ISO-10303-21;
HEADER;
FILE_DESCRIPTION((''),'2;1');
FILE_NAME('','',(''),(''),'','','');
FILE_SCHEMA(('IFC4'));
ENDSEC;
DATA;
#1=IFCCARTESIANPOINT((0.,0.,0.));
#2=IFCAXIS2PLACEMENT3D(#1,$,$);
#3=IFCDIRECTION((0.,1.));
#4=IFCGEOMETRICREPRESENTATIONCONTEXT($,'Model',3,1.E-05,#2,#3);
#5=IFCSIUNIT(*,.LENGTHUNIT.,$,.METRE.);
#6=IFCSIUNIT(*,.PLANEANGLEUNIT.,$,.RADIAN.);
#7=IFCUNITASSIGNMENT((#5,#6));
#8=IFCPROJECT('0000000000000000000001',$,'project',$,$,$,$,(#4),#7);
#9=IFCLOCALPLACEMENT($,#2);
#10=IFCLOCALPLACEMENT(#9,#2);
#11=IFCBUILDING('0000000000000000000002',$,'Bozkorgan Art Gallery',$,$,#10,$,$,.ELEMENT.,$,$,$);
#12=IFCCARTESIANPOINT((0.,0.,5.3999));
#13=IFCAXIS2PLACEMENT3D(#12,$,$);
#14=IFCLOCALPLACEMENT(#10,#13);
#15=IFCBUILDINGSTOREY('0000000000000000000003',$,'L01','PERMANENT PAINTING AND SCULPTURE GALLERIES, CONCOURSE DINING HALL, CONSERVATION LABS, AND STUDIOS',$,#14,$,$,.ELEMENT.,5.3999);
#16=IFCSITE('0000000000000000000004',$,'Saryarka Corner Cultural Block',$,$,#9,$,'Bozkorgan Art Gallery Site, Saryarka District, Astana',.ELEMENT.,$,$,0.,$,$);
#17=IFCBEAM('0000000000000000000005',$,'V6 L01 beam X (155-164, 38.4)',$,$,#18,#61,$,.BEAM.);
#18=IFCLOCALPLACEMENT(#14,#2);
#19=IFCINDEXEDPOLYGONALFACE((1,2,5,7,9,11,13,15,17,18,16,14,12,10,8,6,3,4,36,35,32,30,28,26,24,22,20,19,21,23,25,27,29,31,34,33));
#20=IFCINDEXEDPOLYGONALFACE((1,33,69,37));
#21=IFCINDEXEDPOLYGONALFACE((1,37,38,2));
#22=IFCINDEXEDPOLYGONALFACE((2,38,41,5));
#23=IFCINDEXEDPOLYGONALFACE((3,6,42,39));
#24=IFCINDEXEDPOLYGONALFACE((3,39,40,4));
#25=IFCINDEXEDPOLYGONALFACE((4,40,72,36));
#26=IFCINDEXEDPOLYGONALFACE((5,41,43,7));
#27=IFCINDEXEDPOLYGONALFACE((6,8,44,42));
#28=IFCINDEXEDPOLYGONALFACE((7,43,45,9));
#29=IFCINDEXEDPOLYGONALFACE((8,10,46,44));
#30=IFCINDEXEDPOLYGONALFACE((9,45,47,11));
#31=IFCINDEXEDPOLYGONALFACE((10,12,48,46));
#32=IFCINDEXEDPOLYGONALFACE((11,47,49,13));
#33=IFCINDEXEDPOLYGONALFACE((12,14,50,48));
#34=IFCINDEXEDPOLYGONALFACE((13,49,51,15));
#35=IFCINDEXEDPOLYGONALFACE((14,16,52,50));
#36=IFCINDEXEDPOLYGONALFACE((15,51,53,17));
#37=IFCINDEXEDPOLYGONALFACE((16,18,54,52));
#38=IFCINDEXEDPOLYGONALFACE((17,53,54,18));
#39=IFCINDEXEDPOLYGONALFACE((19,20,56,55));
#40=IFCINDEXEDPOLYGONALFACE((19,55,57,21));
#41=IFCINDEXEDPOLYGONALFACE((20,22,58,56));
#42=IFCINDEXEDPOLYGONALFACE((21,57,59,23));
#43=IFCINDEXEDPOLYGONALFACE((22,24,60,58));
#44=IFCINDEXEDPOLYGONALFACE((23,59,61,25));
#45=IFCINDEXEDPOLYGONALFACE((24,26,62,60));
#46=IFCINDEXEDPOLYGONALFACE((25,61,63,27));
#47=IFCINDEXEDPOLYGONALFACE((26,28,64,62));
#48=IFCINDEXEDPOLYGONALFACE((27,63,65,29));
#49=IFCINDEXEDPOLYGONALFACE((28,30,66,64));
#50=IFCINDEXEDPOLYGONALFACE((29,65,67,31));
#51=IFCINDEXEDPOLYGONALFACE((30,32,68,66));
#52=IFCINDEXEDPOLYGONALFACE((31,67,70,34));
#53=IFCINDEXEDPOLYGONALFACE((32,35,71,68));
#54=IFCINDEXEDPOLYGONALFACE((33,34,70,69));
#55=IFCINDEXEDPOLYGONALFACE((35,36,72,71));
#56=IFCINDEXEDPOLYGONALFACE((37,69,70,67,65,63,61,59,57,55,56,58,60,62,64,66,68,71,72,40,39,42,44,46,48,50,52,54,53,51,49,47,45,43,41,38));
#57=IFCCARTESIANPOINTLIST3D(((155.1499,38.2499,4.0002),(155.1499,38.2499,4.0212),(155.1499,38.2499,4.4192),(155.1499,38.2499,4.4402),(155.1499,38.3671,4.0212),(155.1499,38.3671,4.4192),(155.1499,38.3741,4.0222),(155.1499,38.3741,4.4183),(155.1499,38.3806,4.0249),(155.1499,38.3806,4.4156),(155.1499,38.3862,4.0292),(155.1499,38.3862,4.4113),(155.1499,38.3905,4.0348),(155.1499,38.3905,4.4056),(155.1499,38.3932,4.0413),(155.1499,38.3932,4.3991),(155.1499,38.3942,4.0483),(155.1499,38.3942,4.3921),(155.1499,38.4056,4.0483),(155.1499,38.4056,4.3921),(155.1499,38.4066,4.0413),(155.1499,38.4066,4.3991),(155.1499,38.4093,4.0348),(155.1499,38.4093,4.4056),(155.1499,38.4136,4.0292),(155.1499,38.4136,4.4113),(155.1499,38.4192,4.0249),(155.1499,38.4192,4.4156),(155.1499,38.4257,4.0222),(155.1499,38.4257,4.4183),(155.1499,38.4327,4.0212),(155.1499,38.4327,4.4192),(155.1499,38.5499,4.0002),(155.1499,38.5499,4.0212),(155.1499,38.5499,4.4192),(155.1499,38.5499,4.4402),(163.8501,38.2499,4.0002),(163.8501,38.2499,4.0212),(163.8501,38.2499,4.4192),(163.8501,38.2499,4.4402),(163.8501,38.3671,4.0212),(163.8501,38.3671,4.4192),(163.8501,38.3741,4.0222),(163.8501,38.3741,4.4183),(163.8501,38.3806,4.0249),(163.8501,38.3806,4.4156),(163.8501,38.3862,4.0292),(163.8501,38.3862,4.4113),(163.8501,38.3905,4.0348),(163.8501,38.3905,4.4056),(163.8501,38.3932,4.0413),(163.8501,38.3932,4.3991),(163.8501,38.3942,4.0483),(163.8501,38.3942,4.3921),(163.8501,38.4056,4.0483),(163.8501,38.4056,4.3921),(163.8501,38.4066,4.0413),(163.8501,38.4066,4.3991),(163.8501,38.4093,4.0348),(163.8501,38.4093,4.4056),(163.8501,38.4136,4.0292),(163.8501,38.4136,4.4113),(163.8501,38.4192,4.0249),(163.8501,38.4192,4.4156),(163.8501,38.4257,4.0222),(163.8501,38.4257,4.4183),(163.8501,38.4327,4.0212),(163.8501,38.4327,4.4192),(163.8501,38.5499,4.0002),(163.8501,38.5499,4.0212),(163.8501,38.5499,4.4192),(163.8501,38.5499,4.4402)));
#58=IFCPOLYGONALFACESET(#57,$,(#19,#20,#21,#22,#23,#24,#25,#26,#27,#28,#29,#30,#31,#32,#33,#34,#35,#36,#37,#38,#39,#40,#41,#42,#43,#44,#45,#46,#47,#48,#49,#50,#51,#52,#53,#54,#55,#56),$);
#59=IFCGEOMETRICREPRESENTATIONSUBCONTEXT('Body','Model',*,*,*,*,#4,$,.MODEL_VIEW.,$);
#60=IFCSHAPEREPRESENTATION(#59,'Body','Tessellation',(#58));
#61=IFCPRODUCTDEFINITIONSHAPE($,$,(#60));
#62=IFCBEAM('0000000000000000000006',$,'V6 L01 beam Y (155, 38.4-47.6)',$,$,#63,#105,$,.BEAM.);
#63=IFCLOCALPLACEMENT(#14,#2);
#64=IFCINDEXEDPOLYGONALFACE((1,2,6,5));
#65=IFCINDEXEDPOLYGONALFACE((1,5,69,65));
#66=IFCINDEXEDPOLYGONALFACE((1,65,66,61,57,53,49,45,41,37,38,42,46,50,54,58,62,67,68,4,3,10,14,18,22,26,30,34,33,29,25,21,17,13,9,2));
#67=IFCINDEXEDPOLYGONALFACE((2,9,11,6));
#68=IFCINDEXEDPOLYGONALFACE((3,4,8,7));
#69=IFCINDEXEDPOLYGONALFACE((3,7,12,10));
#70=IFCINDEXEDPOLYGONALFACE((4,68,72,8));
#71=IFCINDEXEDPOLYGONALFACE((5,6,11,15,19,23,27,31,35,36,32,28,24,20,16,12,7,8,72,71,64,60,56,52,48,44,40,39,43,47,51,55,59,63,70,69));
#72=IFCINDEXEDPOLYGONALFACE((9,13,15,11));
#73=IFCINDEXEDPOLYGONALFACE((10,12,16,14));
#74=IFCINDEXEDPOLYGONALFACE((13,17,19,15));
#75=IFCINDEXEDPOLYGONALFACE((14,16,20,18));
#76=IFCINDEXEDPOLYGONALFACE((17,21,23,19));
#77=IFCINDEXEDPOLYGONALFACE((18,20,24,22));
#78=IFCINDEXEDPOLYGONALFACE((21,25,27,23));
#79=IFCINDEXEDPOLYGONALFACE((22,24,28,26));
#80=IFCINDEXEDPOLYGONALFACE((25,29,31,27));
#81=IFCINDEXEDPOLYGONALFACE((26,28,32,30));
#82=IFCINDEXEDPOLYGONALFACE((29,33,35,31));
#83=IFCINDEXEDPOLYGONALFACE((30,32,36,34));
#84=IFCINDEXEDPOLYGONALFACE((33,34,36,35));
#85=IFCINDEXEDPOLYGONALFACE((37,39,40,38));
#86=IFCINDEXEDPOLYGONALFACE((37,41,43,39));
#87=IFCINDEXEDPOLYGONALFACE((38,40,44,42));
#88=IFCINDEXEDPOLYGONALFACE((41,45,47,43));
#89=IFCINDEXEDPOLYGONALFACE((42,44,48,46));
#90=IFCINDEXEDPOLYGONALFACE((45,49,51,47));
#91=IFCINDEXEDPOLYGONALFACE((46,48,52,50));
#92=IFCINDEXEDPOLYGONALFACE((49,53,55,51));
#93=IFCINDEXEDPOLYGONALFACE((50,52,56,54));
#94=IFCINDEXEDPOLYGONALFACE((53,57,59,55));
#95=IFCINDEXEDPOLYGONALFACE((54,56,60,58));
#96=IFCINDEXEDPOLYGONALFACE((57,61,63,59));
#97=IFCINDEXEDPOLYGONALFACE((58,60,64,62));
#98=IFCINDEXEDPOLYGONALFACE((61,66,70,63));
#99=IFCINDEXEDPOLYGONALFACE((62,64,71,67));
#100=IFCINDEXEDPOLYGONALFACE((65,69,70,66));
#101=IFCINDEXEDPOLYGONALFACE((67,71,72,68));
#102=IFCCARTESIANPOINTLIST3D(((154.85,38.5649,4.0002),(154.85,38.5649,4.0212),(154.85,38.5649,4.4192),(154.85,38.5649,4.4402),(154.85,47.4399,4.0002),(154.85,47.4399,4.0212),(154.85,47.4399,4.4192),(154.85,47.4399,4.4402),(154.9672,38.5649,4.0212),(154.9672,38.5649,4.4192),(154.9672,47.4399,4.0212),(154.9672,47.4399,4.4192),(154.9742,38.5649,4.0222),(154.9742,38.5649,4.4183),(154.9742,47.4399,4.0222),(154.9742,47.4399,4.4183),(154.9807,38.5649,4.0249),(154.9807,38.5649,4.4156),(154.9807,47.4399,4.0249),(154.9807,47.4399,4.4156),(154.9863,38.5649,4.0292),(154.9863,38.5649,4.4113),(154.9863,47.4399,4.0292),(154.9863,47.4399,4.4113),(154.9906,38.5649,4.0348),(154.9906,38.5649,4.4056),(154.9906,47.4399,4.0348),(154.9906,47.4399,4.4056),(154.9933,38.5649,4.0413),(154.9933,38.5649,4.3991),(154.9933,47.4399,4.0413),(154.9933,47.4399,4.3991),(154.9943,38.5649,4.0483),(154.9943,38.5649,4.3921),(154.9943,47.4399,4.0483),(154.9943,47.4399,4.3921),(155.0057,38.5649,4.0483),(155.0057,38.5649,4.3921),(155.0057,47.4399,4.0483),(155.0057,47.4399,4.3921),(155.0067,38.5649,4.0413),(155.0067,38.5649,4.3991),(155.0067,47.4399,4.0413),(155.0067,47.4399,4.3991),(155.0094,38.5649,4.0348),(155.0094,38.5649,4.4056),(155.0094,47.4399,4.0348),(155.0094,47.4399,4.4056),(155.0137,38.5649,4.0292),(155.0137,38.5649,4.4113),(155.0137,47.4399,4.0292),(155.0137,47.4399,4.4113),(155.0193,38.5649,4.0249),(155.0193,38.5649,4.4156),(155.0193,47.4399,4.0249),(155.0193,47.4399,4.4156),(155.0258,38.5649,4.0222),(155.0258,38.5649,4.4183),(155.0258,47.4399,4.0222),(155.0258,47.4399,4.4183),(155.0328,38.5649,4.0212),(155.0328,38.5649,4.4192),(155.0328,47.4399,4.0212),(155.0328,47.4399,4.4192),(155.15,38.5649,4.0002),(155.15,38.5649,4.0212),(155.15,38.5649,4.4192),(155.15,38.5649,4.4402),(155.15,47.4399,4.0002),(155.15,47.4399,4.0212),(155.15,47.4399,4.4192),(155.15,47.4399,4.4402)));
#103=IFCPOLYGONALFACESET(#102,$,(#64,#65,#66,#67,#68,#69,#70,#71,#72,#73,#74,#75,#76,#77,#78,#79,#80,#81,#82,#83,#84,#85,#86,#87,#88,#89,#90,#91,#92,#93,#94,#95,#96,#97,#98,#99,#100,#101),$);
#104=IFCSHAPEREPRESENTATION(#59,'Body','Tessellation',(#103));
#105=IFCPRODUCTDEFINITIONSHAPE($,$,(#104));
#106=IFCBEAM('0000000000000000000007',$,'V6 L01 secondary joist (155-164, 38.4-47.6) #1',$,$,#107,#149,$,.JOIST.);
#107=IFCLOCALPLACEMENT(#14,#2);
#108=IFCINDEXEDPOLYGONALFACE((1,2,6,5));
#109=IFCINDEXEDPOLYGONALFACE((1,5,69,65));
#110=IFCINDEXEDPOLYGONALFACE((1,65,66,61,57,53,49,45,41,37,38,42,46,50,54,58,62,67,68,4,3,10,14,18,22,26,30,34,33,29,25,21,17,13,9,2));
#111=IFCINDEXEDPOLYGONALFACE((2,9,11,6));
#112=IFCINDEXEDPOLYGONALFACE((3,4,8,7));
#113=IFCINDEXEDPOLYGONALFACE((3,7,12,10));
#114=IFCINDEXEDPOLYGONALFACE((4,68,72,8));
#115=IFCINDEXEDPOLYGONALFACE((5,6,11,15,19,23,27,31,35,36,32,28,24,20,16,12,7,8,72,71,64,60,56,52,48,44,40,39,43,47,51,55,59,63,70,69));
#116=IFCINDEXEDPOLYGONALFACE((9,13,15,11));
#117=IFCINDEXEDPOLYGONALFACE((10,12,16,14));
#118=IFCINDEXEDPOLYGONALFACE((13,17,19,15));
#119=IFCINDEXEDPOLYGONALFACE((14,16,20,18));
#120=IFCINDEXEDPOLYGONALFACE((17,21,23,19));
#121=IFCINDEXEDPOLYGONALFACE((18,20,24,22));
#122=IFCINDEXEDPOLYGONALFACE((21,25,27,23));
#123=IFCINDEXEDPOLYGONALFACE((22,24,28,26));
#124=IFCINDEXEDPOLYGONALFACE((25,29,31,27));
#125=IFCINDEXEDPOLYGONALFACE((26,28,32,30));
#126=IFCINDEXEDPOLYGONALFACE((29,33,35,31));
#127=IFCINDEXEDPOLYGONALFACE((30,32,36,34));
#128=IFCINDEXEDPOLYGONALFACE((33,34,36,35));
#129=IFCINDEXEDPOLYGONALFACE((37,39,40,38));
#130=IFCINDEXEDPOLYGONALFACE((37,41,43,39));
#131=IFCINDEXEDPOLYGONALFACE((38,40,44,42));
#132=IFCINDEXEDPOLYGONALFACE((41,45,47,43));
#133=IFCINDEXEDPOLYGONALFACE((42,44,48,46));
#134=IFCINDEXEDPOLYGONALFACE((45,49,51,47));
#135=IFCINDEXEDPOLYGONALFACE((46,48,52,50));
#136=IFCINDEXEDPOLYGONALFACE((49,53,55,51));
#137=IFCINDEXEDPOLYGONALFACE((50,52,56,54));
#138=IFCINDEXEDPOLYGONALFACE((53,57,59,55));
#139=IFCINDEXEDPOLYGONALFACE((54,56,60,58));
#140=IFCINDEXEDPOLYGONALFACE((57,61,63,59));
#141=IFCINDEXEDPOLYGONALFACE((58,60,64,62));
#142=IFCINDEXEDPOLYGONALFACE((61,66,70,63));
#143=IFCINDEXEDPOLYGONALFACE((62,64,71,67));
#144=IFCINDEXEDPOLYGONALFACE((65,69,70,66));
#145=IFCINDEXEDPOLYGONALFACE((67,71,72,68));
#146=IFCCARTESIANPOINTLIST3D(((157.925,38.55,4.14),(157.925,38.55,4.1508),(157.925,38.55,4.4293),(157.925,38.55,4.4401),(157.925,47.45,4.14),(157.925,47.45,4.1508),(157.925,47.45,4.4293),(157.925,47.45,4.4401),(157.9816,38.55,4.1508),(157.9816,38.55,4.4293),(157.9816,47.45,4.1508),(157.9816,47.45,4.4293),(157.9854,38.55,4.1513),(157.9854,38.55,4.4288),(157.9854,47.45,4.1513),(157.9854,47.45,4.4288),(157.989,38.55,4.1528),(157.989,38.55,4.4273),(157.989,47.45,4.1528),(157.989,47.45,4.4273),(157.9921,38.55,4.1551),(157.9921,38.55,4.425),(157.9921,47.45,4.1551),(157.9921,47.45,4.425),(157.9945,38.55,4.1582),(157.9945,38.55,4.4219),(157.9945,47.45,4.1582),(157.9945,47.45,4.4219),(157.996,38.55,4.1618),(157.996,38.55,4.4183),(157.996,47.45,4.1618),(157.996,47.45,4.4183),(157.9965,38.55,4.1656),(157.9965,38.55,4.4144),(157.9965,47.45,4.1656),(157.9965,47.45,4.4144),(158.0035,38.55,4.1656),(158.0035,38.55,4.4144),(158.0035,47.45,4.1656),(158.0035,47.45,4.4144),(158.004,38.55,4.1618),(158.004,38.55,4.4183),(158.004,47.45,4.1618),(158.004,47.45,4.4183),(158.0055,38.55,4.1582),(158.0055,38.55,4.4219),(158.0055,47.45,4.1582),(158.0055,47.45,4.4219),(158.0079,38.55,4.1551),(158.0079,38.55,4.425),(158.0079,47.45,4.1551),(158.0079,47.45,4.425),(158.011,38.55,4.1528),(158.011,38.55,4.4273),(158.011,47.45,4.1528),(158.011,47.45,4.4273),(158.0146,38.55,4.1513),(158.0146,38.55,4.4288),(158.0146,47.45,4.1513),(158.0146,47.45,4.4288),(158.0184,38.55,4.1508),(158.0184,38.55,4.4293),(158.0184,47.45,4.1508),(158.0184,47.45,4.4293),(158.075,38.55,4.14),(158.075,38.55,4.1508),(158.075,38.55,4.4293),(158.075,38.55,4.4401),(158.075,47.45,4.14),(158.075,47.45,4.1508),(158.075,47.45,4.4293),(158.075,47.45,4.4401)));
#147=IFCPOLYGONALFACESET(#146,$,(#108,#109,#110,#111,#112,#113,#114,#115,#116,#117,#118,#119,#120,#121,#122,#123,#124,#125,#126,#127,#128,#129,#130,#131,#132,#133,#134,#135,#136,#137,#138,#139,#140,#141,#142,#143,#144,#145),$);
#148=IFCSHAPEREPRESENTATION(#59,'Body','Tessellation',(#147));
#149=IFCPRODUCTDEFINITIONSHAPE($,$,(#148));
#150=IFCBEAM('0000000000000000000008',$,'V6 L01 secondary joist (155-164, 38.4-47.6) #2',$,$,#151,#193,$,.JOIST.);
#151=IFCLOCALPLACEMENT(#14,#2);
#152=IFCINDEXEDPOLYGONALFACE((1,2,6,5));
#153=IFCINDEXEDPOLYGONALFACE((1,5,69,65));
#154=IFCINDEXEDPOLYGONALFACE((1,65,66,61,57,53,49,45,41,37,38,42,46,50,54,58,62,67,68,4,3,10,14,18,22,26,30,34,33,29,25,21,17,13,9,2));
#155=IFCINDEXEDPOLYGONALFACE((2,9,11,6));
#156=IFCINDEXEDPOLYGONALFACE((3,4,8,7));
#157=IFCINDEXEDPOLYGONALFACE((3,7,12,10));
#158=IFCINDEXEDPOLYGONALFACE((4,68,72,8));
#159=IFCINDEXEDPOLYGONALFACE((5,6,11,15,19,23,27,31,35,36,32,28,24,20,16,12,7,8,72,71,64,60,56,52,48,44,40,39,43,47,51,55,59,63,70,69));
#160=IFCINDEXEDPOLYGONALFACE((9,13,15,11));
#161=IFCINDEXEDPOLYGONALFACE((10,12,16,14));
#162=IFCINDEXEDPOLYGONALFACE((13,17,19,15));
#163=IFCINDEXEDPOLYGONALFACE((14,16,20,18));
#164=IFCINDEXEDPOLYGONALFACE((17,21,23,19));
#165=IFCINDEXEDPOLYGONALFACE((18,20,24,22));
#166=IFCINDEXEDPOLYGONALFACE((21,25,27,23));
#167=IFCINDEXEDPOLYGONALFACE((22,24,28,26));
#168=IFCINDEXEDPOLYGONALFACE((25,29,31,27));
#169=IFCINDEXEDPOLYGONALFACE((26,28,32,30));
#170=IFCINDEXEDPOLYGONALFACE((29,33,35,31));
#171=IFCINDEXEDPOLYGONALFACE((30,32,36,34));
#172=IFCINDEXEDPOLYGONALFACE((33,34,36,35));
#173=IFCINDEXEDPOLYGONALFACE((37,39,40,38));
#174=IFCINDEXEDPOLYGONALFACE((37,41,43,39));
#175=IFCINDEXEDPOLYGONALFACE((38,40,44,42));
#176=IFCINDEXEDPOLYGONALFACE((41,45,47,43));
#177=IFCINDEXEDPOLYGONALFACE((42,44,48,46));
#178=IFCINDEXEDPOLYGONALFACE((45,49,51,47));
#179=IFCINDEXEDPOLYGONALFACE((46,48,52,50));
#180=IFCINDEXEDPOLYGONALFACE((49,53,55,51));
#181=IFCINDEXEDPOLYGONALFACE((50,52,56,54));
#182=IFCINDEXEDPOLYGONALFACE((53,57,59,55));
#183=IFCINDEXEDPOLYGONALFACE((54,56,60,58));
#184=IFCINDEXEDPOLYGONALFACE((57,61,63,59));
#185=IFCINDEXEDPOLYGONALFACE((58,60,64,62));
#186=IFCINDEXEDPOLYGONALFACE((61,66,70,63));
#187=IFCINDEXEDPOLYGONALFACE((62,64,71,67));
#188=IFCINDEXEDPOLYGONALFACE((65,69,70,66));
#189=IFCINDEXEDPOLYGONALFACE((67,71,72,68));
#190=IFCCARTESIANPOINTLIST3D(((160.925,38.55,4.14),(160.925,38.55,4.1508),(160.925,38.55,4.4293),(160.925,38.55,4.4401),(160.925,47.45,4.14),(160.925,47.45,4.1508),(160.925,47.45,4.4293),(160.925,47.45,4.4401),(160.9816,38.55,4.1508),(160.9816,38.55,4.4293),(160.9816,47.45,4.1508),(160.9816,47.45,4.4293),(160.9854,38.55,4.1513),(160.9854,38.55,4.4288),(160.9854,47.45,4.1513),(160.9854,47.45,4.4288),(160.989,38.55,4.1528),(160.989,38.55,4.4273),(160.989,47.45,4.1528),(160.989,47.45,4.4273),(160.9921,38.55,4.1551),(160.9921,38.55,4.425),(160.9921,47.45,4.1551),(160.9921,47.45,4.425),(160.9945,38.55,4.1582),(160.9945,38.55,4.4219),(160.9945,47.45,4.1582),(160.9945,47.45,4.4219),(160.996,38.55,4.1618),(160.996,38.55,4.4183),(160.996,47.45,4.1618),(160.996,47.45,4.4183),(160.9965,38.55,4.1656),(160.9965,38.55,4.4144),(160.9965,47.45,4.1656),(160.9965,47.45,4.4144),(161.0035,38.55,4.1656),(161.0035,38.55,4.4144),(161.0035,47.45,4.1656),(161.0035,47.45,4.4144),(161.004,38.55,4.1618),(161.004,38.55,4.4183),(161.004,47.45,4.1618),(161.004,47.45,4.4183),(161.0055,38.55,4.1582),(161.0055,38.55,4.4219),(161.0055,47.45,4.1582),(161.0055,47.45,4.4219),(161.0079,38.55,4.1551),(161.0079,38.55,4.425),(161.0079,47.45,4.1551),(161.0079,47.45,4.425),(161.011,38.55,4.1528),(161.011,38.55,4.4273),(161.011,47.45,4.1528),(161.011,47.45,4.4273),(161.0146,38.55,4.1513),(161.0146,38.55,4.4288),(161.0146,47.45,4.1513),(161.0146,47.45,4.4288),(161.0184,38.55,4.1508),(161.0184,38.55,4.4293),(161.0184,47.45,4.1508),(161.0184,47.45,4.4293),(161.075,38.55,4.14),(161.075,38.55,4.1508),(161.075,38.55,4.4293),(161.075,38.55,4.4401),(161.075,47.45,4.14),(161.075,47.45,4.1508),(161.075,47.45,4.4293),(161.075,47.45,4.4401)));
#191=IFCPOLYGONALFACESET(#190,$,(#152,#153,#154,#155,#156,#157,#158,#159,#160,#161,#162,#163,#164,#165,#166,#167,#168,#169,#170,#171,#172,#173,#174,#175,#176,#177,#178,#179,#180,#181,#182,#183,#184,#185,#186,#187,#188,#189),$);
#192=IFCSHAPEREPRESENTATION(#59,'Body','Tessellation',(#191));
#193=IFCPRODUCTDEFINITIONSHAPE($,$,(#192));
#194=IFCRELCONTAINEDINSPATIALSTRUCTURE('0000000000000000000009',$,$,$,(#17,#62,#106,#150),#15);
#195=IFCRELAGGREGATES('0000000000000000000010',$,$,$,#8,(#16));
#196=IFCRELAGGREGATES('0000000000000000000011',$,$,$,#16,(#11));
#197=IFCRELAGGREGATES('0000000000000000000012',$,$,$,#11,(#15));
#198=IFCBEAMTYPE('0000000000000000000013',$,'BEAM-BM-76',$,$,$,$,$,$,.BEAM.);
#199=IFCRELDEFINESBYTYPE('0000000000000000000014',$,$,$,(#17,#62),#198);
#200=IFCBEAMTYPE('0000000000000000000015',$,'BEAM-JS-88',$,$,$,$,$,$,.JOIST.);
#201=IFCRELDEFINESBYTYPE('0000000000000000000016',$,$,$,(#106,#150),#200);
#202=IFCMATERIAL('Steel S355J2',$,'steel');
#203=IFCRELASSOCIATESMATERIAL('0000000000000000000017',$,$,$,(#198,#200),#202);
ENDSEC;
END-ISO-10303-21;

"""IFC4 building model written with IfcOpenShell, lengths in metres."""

from ifc_helpers import new_model, si_unit, direction, frame, origin, origin_2d, place, context, subcontext, project, spatial, i_section, extrude, material, material_profile, profile_set, type_object, element, save


model = new_model("IFC4")

# Units and contexts
model_context = context("Model", 3, precision=1e-05, world=origin(), true_north=direction((0.0, 1.0)))
body_context = subcontext(model_context, "Body", "Model", "MODEL_VIEW")
ifc_project = project(units=[si_unit("LENGTHUNIT", "METRE"), si_unit("PLANEANGLEUNIT", "RADIAN")], contexts=[model_context])

# Site, building, storey
site_placement = place(None, origin())
site = spatial("IfcSite", under=ifc_project, at=site_placement, Name="Saryarka Corner Cultural Block", LongName="Bozkorgan Art Gallery Site, Saryarka District, Astana", CompositionType="ELEMENT", RefElevation=0.0)
building_placement = place(site_placement, origin())
building = spatial("IfcBuilding", under=site, at=building_placement, Name="Bozkorgan Art Gallery", CompositionType="ELEMENT")
storey_placement = place(building_placement, frame((0.0, 0.0, 5.3999)))
storey = spatial("IfcBuildingStorey", under=building, at=storey_placement, Name="L01", Description="PERMANENT PAINTING AND SCULPTURE GALLERIES, CONCOURSE DINING HALL, CONSERVATION LABS, AND STUDIOS", CompositionType="ELEMENT", Elevation=5.3999)

# Shared definitions
ifc_material_1 = material(Name="Steel S355J2", Category="steel")

# Beams
ifc_material_profile_1 = material_profile(ifc_material_1, i_section(OverallWidth=0.3, OverallDepth=0.4399, WebThickness=0.0115, FlangeThickness=0.021, FilletRadius=0.0271, at=origin_2d()), Name="HEA 450")
ifc_profile_set_1 = profile_set([ifc_material_profile_1], Name="Steel S355J2")
beam_type_1 = type_object("IfcBeamType", Name="BEAM-BM-76", PredefinedType="BEAM", material=ifc_profile_set_1)
beam_1_placement = place(storey_placement, frame((155.1499, 38.3999, 4.2202), z_axis=(1.0, 0.0, 0.0), x_axis=(0.0, 1.0, 0.0)))
element("IfcBeam", 1, at=beam_1_placement, inside=storey, type_object=beam_type_1, Name="V6 L01 beam X (155-164, 38.4)", PredefinedType="BEAM", context=body_context, shape_type="SweptSolid", body=[
    extrude(i_section(OverallWidth=0.3, OverallDepth=0.4399, WebThickness=0.0115, FlangeThickness=0.021, FilletRadius=0.0271, at=origin_2d()), origin(), (0.0, 0.0, 1.0), 8.7002),
])
beam_2_placement = place(storey_placement, frame((155.0, 38.5649, 4.2202), z_axis=(0.0, 1.0, 0.0), x_axis=(-1.0, 0.0, 0.0)))
element("IfcBeam", 2, at=beam_2_placement, inside=storey, type_object=beam_type_1, Name="V6 L01 beam Y (155, 38.4-47.6)", PredefinedType="BEAM", context=body_context, shape_type="SweptSolid", body=[
    extrude(i_section(OverallWidth=0.3, OverallDepth=0.4399, WebThickness=0.0115, FlangeThickness=0.021, FilletRadius=0.0271, at=origin_2d()), origin(), (0.0, 0.0, 1.0), 8.875),
])
ifc_material_profile_2 = material_profile(ifc_material_1, i_section(OverallWidth=0.1499, OverallDepth=0.3, WebThickness=0.0071, FlangeThickness=0.0107, FilletRadius=0.0149, at=origin_2d()), Name="IPE 300")
ifc_profile_set_2 = profile_set([ifc_material_profile_2], Name="Steel S355J2")
beam_type_2 = type_object("IfcBeamType", Name="BEAM-JS-88", PredefinedType="JOIST", material=ifc_profile_set_2)
for number, where, z_axis, x_axis, name in (
    (3, (158.0, 38.55, 4.29), (0.0, 1.0, 0.0), (-1.0, 0.0, 0.0), "V6 L01 secondary joist (155-164, 38.4-47.6) #1"),
    (4, (161.0, 38.55, 4.29), (0.0, 1.0, 0.0), (-1.0, 0.0, 0.0), "V6 L01 secondary joist (155-164, 38.4-47.6) #2"),
):
    element("IfcBeam", number, at=place(storey_placement, frame(where, z_axis=z_axis, x_axis=x_axis)), inside=storey, type_object=beam_type_2, Name=name, PredefinedType="JOIST", context=body_context, shape_type="SweptSolid", body=[
        extrude(i_section(OverallWidth=0.1499, OverallDepth=0.3, WebThickness=0.0071, FlangeThickness=0.0107, FilletRadius=0.0149, at=origin_2d()), origin(), (0.0, 0.0, 1.0), 8.8999),
    ])

save(model, "model.ifc")
